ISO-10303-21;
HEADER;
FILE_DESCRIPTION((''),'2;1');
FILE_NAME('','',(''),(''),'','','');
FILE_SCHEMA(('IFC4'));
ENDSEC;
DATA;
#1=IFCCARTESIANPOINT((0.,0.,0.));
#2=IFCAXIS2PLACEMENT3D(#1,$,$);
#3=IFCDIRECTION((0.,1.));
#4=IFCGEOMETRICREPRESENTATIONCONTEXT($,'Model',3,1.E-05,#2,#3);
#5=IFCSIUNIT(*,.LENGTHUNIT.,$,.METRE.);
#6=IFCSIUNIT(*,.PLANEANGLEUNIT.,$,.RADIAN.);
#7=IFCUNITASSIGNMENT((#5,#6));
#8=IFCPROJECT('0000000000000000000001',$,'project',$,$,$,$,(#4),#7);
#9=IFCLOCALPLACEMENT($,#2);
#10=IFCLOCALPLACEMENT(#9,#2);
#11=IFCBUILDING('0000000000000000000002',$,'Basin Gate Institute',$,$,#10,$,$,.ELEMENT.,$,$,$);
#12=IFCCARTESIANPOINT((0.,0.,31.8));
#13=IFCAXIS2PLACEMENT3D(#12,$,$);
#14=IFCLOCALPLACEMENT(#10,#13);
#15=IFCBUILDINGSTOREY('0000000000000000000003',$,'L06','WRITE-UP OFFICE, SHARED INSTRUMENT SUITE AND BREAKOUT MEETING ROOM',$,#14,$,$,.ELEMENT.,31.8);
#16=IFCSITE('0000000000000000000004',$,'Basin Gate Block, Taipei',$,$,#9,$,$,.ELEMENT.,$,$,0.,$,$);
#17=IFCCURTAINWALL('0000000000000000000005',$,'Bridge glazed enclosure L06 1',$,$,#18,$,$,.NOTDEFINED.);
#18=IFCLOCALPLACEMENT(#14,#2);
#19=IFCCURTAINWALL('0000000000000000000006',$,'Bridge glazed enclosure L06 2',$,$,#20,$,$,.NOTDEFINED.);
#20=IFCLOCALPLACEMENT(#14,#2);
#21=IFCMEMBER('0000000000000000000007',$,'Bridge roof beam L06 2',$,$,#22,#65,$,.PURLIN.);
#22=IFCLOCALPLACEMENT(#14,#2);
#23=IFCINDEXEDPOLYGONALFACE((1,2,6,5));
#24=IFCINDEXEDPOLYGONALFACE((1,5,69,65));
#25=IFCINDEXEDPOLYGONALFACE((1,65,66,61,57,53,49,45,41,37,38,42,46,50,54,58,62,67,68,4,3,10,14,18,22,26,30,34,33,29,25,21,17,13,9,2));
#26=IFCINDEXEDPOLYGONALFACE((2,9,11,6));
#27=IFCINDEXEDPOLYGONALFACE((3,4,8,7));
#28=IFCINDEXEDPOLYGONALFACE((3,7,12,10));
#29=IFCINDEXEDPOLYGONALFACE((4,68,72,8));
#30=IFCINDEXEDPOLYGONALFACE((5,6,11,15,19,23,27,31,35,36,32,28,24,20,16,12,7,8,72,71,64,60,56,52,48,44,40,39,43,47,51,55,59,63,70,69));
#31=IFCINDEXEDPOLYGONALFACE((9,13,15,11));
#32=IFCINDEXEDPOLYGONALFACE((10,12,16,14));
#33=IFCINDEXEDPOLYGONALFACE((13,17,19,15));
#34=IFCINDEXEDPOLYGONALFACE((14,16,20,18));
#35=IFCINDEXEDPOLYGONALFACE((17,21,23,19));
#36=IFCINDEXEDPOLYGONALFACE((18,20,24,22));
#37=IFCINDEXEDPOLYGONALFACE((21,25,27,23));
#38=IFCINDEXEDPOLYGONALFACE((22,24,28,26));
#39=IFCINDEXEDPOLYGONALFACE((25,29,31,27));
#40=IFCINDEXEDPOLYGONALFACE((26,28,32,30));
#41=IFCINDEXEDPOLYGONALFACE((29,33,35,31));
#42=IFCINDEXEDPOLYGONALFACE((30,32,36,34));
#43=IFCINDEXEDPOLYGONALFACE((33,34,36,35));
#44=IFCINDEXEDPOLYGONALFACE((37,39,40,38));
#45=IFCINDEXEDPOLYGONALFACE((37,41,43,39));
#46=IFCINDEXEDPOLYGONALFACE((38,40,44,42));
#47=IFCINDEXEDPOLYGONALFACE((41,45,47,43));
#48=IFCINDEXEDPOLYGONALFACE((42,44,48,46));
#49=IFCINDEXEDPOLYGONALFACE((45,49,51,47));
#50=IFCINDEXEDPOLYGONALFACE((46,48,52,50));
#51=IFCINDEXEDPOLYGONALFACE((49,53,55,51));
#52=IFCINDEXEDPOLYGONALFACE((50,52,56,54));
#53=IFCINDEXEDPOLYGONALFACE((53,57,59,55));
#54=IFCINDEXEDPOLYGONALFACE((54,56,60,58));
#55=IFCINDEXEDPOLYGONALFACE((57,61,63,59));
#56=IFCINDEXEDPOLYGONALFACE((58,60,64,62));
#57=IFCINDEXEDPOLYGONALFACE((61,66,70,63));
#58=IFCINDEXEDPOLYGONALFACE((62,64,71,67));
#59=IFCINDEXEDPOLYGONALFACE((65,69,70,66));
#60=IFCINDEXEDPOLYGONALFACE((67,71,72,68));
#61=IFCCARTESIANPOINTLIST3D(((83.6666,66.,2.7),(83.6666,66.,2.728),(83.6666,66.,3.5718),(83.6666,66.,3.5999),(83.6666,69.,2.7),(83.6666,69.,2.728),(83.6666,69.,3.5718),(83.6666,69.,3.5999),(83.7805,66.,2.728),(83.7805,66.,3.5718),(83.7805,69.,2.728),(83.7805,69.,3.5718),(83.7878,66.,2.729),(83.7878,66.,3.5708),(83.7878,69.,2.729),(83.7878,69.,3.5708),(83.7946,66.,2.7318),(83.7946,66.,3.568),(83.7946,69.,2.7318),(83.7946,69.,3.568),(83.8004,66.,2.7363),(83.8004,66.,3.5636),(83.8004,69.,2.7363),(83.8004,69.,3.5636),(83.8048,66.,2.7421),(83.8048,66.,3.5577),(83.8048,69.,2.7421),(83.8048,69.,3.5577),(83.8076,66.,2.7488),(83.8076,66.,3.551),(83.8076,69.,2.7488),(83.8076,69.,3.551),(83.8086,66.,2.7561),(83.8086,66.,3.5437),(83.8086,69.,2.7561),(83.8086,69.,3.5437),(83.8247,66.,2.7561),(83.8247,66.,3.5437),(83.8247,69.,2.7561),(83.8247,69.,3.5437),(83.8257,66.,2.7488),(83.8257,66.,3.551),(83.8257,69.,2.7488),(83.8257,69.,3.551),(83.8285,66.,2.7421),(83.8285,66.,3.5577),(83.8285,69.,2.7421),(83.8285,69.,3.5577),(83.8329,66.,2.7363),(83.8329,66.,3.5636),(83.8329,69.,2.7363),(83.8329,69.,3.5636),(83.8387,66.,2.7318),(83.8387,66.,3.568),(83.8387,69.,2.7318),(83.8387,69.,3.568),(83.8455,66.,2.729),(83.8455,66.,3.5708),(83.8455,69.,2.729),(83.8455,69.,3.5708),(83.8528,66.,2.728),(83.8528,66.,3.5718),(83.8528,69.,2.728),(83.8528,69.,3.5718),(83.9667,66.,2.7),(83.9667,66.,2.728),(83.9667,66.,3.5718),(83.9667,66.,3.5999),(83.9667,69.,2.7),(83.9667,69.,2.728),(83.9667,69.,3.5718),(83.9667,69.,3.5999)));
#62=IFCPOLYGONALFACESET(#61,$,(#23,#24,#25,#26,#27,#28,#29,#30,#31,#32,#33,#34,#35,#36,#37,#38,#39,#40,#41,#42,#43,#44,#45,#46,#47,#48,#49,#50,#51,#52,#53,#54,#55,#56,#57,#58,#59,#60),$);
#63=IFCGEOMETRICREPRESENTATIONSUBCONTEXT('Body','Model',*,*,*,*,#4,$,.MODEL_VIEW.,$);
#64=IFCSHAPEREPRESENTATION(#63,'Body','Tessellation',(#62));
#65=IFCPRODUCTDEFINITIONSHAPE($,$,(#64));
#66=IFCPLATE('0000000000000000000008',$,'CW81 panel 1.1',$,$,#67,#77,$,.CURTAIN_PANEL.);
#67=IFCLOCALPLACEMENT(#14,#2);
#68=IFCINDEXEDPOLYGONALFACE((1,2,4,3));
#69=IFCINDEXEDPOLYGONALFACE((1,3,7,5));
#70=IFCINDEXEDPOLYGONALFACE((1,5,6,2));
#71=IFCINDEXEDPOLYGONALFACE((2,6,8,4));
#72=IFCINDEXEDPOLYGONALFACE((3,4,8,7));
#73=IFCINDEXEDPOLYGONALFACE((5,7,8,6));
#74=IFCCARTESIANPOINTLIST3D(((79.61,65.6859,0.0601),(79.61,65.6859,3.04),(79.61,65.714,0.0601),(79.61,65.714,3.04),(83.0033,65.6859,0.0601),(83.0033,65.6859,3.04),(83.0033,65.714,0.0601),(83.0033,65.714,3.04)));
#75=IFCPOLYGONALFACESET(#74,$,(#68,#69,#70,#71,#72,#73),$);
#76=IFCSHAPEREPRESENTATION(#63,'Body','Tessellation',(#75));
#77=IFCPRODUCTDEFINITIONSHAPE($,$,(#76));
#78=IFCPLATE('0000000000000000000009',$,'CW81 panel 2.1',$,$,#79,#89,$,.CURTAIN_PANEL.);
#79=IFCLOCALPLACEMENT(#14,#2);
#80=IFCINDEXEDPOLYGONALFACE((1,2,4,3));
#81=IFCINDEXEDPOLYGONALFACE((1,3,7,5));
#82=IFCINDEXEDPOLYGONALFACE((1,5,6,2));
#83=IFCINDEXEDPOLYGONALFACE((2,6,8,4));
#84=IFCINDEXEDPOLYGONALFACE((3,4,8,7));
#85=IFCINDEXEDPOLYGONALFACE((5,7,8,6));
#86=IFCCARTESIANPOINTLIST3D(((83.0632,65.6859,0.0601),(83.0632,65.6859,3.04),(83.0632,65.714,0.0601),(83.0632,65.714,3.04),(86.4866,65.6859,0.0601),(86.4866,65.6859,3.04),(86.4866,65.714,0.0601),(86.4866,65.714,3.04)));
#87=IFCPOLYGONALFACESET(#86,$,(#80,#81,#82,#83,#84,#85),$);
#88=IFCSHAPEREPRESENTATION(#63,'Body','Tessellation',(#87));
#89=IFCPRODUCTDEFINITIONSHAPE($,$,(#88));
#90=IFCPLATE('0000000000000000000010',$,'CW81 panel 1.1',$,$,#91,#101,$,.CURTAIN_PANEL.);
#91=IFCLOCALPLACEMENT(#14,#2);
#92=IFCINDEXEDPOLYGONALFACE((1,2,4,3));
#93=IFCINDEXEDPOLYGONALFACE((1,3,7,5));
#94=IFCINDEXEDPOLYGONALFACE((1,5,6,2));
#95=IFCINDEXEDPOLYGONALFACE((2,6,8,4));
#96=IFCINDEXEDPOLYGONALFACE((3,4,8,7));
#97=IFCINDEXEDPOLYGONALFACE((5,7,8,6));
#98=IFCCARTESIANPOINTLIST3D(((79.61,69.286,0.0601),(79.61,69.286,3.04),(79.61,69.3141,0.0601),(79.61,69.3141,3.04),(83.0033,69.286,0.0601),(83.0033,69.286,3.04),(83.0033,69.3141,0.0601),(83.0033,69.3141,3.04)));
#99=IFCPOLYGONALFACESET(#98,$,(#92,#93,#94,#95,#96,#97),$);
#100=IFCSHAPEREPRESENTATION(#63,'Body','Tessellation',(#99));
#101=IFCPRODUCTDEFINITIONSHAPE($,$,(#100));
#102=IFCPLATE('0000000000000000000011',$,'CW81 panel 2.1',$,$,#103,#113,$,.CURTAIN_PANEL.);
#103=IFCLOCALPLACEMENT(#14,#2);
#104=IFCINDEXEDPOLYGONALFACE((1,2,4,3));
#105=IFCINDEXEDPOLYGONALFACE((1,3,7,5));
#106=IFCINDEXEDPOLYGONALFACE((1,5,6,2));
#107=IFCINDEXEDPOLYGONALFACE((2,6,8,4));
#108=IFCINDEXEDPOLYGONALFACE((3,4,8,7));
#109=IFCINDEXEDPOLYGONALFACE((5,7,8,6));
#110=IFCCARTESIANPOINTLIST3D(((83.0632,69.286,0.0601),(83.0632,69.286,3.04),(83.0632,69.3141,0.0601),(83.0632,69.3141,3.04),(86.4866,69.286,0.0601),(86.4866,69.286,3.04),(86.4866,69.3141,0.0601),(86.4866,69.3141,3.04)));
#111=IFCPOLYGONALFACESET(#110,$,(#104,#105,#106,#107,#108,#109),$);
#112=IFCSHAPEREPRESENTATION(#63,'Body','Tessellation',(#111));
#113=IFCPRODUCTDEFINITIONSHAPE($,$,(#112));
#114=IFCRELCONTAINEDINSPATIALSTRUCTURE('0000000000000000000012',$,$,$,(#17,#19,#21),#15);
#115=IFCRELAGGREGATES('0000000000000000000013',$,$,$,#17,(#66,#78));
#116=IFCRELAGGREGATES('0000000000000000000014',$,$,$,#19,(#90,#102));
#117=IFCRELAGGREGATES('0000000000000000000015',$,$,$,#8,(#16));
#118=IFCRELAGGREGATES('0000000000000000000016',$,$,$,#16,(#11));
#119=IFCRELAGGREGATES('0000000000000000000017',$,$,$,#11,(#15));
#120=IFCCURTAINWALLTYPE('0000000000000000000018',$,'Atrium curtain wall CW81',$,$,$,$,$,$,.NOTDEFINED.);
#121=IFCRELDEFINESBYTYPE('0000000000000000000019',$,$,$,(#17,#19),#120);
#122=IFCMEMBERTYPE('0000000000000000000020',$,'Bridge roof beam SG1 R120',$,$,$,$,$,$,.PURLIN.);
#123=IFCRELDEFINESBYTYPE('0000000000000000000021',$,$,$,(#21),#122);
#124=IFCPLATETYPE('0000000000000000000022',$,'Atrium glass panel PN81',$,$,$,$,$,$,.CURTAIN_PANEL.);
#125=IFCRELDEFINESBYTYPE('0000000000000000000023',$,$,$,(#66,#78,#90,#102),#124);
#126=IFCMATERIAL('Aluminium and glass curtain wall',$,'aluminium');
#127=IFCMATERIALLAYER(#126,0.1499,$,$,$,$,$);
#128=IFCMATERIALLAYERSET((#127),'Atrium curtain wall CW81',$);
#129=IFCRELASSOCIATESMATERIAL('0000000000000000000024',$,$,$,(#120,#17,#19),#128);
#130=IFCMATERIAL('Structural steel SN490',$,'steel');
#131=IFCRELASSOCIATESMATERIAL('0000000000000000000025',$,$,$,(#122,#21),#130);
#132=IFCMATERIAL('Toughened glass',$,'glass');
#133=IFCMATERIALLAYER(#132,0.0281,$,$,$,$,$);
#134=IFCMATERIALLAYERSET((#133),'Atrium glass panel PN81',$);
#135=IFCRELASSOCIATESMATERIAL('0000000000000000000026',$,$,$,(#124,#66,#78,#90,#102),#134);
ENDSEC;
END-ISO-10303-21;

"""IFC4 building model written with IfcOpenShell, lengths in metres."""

from ifc_helpers import new_model, si_unit, direction, frame, origin, origin_2d, place, context, subcontext, project, spatial, rectangle, i_section, extrude, material, layer, layer_set, material_profile, profile_set, type_object, element, aggregate, save


model = new_model("IFC4")

# Units and contexts
model_context = context("Model", 3, precision=1e-05, world=origin(), true_north=direction((0.0, 1.0)))
body_context = subcontext(model_context, "Body", "Model", "MODEL_VIEW")
ifc_project = project(units=[si_unit("LENGTHUNIT", "METRE"), si_unit("PLANEANGLEUNIT", "RADIAN")], contexts=[model_context])

# Site, building, storey
site_placement = place(None, origin())
site = spatial("IfcSite", under=ifc_project, at=site_placement, Name="Basin Gate Block, Taipei", CompositionType="ELEMENT", RefElevation=0.0)
building_placement = place(site_placement, origin())
building = spatial("IfcBuilding", under=site, at=building_placement, Name="Basin Gate Institute", CompositionType="ELEMENT")
storey_placement = place(building_placement, frame((0.0, 0.0, 31.8)))
storey = spatial("IfcBuildingStorey", under=building, at=storey_placement, Name="L06", Description="WRITE-UP OFFICE, SHARED INSTRUMENT SUITE AND BREAKOUT MEETING ROOM", CompositionType="ELEMENT", Elevation=31.8)

# Curtain walls
ifc_material_1 = material(Name="Aluminium and glass curtain wall", Category="aluminium")
ifc_layer_1 = layer(ifc_material_1, 0.1499)
ifc_layer_set_1 = layer_set([ifc_layer_1], Name="Atrium curtain wall CW81")
curtain_wall_type = type_object("IfcCurtainWallType", Name="Atrium curtain wall CW81", PredefinedType="NOTDEFINED", material=ifc_layer_set_1)
curtain_wall_1_placement = place(storey_placement, origin())
curtain_wall_1 = element("IfcCurtainWall", 1, at=curtain_wall_1_placement, inside=storey, type_object=curtain_wall_type, material=ifc_layer_set_1, Name="Bridge glazed enclosure L06 1", PredefinedType="NOTDEFINED")
curtain_wall_2_placement = place(storey_placement, origin())
curtain_wall_2 = element("IfcCurtainWall", 2, at=curtain_wall_2_placement, inside=storey, type_object=curtain_wall_type, material=ifc_layer_set_1, Name="Bridge glazed enclosure L06 2", PredefinedType="NOTDEFINED")

# Member
ifc_material_2 = material(Name="Structural steel SN490", Category="steel")
ifc_material_profile_1 = material_profile(ifc_material_2, i_section(OverallWidth=0.3, OverallDepth=0.8999, WebThickness=0.0161, FlangeThickness=0.0281, FilletRadius=0.0281, at=origin_2d()), Name="H900x300")
ifc_profile_set_1 = profile_set([ifc_material_profile_1], Name="Structural steel SN490")
member_type_1 = type_object("IfcMemberType", Name="Bridge roof beam SG1 R120", PredefinedType="PURLIN", material=ifc_profile_set_1)
member_1_placement = place(storey_placement, frame((83.8167, 66.0, 3.1499), z_axis=(0.0, 1.0, 0.0), x_axis=(-1.0, 0.0, 0.0)))
element("IfcMember", 3, at=member_1_placement, inside=storey, type_object=member_type_1, material=ifc_profile_set_1, Name="Bridge roof beam L06 2", PredefinedType="PURLIN", context=body_context, shape_type="SweptSolid", body=[
    extrude(i_section(OverallWidth=0.3, OverallDepth=0.8999, WebThickness=0.0161, FlangeThickness=0.0281, FilletRadius=0.0281, at=origin_2d()), origin(), (0.0, 0.0, 1.0), 3.0),
])

# Plates
ifc_material_3 = material(Name="Toughened glass", Category="glass")
ifc_layer_2 = layer(ifc_material_3, 0.0281)
ifc_layer_set_2 = layer_set([ifc_layer_2], Name="Atrium glass panel PN81")
plate_type = type_object("IfcPlateType", Name="Atrium glass panel PN81", PredefinedType="CURTAIN_PANEL", material=ifc_layer_set_2)
plate_1_placement = place(storey_placement, frame((81.3066, 65.7, 0.0601), z_axis=(0.0, 0.0, 1.0), x_axis=(1.0, 0.0, 0.0)))
plate_1 = element("IfcPlate", 4, at=plate_1_placement, type_object=plate_type, material=ifc_layer_set_2, Name="CW81 panel 1.1", PredefinedType="CURTAIN_PANEL", context=body_context, shape_type="SweptSolid", body=[
    extrude(rectangle(XDim=3.3933, YDim=0.0281, at=origin_2d()), origin(), (0.0, 0.0, 1.0), 2.98),
])
plate_2_placement = place(storey_placement, frame((84.7749, 65.7, 0.0601), z_axis=(0.0, 0.0, 1.0), x_axis=(1.0, 0.0, 0.0)))
plate_2 = element("IfcPlate", 5, at=plate_2_placement, type_object=plate_type, material=ifc_layer_set_2, Name="CW81 panel 2.1", PredefinedType="CURTAIN_PANEL", context=body_context, shape_type="SweptSolid", body=[
    extrude(rectangle(XDim=3.4233, YDim=0.0281, at=origin_2d()), origin(), (0.0, 0.0, 1.0), 2.98),
])
aggregate(curtain_wall_1, [plate_1, plate_2])
plate_3_placement = place(storey_placement, frame((81.3066, 69.3, 0.0601), z_axis=(0.0, 0.0, 1.0), x_axis=(1.0, 0.0, 0.0)))
plate_3 = element("IfcPlate", 6, at=plate_3_placement, type_object=plate_type, material=ifc_layer_set_2, Name="CW81 panel 1.1", PredefinedType="CURTAIN_PANEL", context=body_context, shape_type="SweptSolid", body=[
    extrude(rectangle(XDim=3.3933, YDim=0.0281, at=origin_2d()), origin(), (0.0, 0.0, 1.0), 2.98),
])
plate_4_placement = place(storey_placement, frame((84.7749, 69.3, 0.0601), z_axis=(0.0, 0.0, 1.0), x_axis=(1.0, 0.0, 0.0)))
plate_4 = element("IfcPlate", 7, at=plate_4_placement, type_object=plate_type, material=ifc_layer_set_2, Name="CW81 panel 2.1", PredefinedType="CURTAIN_PANEL", context=body_context, shape_type="SweptSolid", body=[
    extrude(rectangle(XDim=3.4233, YDim=0.0281, at=origin_2d()), origin(), (0.0, 0.0, 1.0), 2.98),
])
aggregate(curtain_wall_2, [plate_3, plate_4])

save(model, "model.ifc")
